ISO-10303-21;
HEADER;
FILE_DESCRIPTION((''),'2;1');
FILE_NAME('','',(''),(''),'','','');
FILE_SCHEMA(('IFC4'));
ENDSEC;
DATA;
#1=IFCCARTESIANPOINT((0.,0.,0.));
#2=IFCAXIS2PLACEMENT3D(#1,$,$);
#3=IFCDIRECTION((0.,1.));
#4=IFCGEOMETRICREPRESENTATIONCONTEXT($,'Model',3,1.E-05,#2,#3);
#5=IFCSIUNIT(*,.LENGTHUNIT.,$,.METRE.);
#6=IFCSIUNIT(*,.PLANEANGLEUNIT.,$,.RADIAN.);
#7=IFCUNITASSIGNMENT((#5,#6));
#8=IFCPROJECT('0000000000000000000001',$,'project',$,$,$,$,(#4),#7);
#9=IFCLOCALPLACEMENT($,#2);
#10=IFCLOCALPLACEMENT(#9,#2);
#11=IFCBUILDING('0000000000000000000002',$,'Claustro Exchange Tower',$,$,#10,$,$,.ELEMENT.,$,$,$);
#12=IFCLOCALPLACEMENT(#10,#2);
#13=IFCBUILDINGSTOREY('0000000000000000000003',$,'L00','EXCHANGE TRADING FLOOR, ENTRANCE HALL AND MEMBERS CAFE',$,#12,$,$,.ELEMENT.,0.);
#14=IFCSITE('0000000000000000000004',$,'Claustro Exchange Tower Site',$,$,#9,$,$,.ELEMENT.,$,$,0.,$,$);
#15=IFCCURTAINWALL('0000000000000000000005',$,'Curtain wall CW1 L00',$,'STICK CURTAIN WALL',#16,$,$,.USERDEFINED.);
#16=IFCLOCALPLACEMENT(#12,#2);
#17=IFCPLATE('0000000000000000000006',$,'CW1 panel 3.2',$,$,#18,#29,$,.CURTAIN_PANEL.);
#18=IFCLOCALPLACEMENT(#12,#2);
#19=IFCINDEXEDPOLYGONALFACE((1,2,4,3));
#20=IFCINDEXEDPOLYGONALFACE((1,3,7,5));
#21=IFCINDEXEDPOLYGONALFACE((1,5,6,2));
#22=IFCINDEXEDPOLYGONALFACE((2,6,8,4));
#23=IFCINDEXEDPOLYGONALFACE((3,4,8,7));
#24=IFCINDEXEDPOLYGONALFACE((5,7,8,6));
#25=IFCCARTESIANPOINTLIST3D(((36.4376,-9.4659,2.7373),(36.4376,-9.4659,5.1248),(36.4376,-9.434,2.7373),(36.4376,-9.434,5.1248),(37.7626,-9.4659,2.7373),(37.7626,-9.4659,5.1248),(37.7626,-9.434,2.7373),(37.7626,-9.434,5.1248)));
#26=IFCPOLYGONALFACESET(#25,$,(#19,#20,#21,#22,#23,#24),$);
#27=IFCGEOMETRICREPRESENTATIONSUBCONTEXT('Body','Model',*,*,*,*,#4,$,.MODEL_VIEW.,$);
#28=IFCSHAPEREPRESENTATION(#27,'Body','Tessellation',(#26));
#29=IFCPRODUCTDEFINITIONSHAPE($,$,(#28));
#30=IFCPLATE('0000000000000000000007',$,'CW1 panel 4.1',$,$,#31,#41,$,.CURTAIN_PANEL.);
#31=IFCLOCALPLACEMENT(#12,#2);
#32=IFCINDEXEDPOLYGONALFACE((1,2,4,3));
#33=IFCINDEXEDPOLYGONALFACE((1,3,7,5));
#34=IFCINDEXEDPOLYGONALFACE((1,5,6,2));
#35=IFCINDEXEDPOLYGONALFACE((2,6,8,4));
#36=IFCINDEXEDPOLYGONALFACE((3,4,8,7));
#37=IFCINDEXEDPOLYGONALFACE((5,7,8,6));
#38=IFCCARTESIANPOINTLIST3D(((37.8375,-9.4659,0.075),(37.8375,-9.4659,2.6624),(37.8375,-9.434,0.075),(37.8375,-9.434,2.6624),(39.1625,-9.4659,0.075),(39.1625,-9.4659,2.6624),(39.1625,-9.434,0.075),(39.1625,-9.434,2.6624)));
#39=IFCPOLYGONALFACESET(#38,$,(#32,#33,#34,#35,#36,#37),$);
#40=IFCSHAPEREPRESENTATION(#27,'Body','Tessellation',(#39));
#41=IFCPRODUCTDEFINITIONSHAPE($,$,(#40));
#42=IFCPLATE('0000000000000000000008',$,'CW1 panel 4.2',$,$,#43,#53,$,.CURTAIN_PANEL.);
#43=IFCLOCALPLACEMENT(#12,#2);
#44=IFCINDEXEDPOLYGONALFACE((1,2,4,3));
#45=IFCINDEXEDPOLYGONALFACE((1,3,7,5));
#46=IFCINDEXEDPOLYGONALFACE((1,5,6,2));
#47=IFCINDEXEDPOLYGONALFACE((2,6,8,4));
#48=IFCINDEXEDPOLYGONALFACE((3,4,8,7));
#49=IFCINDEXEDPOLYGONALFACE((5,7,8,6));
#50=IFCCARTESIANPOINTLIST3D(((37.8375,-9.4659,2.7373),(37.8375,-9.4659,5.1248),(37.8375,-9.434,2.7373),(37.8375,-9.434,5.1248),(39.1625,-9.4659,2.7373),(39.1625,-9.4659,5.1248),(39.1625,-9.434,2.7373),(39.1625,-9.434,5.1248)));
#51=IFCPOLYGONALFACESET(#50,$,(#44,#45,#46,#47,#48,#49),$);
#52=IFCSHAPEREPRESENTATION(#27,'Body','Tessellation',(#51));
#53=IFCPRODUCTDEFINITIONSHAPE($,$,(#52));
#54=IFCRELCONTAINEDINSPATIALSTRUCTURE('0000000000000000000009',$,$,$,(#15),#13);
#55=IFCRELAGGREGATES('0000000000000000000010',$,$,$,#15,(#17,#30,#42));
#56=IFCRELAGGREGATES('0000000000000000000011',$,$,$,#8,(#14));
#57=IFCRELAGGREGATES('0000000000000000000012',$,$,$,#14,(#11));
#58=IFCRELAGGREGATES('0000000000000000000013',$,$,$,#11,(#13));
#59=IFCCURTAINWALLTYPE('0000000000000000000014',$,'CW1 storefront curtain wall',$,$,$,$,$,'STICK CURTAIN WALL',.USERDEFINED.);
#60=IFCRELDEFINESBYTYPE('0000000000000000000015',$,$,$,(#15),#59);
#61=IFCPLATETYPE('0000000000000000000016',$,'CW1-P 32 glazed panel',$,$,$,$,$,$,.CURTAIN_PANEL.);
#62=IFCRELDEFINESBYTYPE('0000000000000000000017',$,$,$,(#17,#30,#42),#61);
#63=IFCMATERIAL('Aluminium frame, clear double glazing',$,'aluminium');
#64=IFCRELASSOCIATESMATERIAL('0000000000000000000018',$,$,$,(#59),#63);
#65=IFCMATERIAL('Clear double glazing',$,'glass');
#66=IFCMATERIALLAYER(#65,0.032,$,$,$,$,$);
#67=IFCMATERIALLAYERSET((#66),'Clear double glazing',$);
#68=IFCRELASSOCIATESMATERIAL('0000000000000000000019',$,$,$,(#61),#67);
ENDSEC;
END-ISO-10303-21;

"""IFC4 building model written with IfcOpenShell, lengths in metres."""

from ifc_helpers import new_model, si_unit, direction, frame, origin, origin_2d, place, context, subcontext, project, spatial, rectangle, extrude, material, layer, layer_set, type_object, element, aggregate, save


model = new_model("IFC4")

# Units and contexts
model_context = context("Model", 3, precision=1e-05, world=origin(), true_north=direction((0.0, 1.0)))
body_context = subcontext(model_context, "Body", "Model", "MODEL_VIEW")
ifc_project = project(units=[si_unit("LENGTHUNIT", "METRE"), si_unit("PLANEANGLEUNIT", "RADIAN")], contexts=[model_context])

# Site, building, storey
site_placement = place(None, origin())
site = spatial("IfcSite", under=ifc_project, at=site_placement, Name="Claustro Exchange Tower Site", CompositionType="ELEMENT", RefElevation=0.0)
building_placement = place(site_placement, origin())
building = spatial("IfcBuilding", under=site, at=building_placement, Name="Claustro Exchange Tower", CompositionType="ELEMENT")
storey_placement = place(building_placement, origin())
storey = spatial("IfcBuildingStorey", under=building, at=storey_placement, Name="L00", Description="EXCHANGE TRADING FLOOR, ENTRANCE HALL AND MEMBERS CAFE", CompositionType="ELEMENT", Elevation=0.0)

# Curtain wall, plates
ifc_material_1 = material(Name="Aluminium frame, clear double glazing", Category="aluminium")
curtain_wall_type = type_object("IfcCurtainWallType", Name="CW1 storefront curtain wall", ElementType="STICK CURTAIN WALL", PredefinedType="USERDEFINED", material=ifc_material_1)
curtain_wall_placement = place(storey_placement, origin())
curtain_wall = element("IfcCurtainWall", 1, at=curtain_wall_placement, inside=storey, type_object=curtain_wall_type, Name="Curtain wall CW1 L00", ObjectType="STICK CURTAIN WALL", PredefinedType="USERDEFINED")
ifc_material_2 = material(Name="Clear double glazing", Category="glass")
ifc_layer = layer(ifc_material_2, 0.032)
ifc_layer_set = layer_set([ifc_layer], Name="Clear double glazing")
plate_type = type_object("IfcPlateType", Name="CW1-P 32 glazed panel", PredefinedType="CURTAIN_PANEL", material=ifc_layer_set)
plate_1_placement = place(storey_placement, frame((37.1001, -9.45, 2.7373), z_axis=(0.0, 0.0, 1.0), x_axis=(1.0, 0.0, 0.0)))
plate_1 = element("IfcPlate", 2, at=plate_1_placement, type_object=plate_type, Name="CW1 panel 3.2", PredefinedType="CURTAIN_PANEL", context=body_context, shape_type="SweptSolid", body=[
    extrude(rectangle(XDim=1.325, YDim=0.032, at=origin_2d()), origin(), (0.0, 0.0, 1.0), 2.3875),
])
plate_2_placement = place(storey_placement, frame((38.5, -9.45, 0.075), z_axis=(0.0, 0.0, 1.0), x_axis=(1.0, 0.0, 0.0)))
plate_2 = element("IfcPlate", 3, at=plate_2_placement, type_object=plate_type, Name="CW1 panel 4.1", PredefinedType="CURTAIN_PANEL", context=body_context, shape_type="SweptSolid", body=[
    extrude(rectangle(XDim=1.325, YDim=0.032, at=origin_2d()), origin(), (0.0, 0.0, 1.0), 2.5874),
])
plate_3_placement = place(storey_placement, frame((38.5, -9.45, 2.7373), z_axis=(0.0, 0.0, 1.0), x_axis=(1.0, 0.0, 0.0)))
plate_3 = element("IfcPlate", 4, at=plate_3_placement, type_object=plate_type, Name="CW1 panel 4.2", PredefinedType="CURTAIN_PANEL", context=body_context, shape_type="SweptSolid", body=[
    extrude(rectangle(XDim=1.325, YDim=0.032, at=origin_2d()), origin(), (0.0, 0.0, 1.0), 2.3875),
])
aggregate(curtain_wall, [plate_1, plate_2, plate_3])

save(model, "model.ifc")
